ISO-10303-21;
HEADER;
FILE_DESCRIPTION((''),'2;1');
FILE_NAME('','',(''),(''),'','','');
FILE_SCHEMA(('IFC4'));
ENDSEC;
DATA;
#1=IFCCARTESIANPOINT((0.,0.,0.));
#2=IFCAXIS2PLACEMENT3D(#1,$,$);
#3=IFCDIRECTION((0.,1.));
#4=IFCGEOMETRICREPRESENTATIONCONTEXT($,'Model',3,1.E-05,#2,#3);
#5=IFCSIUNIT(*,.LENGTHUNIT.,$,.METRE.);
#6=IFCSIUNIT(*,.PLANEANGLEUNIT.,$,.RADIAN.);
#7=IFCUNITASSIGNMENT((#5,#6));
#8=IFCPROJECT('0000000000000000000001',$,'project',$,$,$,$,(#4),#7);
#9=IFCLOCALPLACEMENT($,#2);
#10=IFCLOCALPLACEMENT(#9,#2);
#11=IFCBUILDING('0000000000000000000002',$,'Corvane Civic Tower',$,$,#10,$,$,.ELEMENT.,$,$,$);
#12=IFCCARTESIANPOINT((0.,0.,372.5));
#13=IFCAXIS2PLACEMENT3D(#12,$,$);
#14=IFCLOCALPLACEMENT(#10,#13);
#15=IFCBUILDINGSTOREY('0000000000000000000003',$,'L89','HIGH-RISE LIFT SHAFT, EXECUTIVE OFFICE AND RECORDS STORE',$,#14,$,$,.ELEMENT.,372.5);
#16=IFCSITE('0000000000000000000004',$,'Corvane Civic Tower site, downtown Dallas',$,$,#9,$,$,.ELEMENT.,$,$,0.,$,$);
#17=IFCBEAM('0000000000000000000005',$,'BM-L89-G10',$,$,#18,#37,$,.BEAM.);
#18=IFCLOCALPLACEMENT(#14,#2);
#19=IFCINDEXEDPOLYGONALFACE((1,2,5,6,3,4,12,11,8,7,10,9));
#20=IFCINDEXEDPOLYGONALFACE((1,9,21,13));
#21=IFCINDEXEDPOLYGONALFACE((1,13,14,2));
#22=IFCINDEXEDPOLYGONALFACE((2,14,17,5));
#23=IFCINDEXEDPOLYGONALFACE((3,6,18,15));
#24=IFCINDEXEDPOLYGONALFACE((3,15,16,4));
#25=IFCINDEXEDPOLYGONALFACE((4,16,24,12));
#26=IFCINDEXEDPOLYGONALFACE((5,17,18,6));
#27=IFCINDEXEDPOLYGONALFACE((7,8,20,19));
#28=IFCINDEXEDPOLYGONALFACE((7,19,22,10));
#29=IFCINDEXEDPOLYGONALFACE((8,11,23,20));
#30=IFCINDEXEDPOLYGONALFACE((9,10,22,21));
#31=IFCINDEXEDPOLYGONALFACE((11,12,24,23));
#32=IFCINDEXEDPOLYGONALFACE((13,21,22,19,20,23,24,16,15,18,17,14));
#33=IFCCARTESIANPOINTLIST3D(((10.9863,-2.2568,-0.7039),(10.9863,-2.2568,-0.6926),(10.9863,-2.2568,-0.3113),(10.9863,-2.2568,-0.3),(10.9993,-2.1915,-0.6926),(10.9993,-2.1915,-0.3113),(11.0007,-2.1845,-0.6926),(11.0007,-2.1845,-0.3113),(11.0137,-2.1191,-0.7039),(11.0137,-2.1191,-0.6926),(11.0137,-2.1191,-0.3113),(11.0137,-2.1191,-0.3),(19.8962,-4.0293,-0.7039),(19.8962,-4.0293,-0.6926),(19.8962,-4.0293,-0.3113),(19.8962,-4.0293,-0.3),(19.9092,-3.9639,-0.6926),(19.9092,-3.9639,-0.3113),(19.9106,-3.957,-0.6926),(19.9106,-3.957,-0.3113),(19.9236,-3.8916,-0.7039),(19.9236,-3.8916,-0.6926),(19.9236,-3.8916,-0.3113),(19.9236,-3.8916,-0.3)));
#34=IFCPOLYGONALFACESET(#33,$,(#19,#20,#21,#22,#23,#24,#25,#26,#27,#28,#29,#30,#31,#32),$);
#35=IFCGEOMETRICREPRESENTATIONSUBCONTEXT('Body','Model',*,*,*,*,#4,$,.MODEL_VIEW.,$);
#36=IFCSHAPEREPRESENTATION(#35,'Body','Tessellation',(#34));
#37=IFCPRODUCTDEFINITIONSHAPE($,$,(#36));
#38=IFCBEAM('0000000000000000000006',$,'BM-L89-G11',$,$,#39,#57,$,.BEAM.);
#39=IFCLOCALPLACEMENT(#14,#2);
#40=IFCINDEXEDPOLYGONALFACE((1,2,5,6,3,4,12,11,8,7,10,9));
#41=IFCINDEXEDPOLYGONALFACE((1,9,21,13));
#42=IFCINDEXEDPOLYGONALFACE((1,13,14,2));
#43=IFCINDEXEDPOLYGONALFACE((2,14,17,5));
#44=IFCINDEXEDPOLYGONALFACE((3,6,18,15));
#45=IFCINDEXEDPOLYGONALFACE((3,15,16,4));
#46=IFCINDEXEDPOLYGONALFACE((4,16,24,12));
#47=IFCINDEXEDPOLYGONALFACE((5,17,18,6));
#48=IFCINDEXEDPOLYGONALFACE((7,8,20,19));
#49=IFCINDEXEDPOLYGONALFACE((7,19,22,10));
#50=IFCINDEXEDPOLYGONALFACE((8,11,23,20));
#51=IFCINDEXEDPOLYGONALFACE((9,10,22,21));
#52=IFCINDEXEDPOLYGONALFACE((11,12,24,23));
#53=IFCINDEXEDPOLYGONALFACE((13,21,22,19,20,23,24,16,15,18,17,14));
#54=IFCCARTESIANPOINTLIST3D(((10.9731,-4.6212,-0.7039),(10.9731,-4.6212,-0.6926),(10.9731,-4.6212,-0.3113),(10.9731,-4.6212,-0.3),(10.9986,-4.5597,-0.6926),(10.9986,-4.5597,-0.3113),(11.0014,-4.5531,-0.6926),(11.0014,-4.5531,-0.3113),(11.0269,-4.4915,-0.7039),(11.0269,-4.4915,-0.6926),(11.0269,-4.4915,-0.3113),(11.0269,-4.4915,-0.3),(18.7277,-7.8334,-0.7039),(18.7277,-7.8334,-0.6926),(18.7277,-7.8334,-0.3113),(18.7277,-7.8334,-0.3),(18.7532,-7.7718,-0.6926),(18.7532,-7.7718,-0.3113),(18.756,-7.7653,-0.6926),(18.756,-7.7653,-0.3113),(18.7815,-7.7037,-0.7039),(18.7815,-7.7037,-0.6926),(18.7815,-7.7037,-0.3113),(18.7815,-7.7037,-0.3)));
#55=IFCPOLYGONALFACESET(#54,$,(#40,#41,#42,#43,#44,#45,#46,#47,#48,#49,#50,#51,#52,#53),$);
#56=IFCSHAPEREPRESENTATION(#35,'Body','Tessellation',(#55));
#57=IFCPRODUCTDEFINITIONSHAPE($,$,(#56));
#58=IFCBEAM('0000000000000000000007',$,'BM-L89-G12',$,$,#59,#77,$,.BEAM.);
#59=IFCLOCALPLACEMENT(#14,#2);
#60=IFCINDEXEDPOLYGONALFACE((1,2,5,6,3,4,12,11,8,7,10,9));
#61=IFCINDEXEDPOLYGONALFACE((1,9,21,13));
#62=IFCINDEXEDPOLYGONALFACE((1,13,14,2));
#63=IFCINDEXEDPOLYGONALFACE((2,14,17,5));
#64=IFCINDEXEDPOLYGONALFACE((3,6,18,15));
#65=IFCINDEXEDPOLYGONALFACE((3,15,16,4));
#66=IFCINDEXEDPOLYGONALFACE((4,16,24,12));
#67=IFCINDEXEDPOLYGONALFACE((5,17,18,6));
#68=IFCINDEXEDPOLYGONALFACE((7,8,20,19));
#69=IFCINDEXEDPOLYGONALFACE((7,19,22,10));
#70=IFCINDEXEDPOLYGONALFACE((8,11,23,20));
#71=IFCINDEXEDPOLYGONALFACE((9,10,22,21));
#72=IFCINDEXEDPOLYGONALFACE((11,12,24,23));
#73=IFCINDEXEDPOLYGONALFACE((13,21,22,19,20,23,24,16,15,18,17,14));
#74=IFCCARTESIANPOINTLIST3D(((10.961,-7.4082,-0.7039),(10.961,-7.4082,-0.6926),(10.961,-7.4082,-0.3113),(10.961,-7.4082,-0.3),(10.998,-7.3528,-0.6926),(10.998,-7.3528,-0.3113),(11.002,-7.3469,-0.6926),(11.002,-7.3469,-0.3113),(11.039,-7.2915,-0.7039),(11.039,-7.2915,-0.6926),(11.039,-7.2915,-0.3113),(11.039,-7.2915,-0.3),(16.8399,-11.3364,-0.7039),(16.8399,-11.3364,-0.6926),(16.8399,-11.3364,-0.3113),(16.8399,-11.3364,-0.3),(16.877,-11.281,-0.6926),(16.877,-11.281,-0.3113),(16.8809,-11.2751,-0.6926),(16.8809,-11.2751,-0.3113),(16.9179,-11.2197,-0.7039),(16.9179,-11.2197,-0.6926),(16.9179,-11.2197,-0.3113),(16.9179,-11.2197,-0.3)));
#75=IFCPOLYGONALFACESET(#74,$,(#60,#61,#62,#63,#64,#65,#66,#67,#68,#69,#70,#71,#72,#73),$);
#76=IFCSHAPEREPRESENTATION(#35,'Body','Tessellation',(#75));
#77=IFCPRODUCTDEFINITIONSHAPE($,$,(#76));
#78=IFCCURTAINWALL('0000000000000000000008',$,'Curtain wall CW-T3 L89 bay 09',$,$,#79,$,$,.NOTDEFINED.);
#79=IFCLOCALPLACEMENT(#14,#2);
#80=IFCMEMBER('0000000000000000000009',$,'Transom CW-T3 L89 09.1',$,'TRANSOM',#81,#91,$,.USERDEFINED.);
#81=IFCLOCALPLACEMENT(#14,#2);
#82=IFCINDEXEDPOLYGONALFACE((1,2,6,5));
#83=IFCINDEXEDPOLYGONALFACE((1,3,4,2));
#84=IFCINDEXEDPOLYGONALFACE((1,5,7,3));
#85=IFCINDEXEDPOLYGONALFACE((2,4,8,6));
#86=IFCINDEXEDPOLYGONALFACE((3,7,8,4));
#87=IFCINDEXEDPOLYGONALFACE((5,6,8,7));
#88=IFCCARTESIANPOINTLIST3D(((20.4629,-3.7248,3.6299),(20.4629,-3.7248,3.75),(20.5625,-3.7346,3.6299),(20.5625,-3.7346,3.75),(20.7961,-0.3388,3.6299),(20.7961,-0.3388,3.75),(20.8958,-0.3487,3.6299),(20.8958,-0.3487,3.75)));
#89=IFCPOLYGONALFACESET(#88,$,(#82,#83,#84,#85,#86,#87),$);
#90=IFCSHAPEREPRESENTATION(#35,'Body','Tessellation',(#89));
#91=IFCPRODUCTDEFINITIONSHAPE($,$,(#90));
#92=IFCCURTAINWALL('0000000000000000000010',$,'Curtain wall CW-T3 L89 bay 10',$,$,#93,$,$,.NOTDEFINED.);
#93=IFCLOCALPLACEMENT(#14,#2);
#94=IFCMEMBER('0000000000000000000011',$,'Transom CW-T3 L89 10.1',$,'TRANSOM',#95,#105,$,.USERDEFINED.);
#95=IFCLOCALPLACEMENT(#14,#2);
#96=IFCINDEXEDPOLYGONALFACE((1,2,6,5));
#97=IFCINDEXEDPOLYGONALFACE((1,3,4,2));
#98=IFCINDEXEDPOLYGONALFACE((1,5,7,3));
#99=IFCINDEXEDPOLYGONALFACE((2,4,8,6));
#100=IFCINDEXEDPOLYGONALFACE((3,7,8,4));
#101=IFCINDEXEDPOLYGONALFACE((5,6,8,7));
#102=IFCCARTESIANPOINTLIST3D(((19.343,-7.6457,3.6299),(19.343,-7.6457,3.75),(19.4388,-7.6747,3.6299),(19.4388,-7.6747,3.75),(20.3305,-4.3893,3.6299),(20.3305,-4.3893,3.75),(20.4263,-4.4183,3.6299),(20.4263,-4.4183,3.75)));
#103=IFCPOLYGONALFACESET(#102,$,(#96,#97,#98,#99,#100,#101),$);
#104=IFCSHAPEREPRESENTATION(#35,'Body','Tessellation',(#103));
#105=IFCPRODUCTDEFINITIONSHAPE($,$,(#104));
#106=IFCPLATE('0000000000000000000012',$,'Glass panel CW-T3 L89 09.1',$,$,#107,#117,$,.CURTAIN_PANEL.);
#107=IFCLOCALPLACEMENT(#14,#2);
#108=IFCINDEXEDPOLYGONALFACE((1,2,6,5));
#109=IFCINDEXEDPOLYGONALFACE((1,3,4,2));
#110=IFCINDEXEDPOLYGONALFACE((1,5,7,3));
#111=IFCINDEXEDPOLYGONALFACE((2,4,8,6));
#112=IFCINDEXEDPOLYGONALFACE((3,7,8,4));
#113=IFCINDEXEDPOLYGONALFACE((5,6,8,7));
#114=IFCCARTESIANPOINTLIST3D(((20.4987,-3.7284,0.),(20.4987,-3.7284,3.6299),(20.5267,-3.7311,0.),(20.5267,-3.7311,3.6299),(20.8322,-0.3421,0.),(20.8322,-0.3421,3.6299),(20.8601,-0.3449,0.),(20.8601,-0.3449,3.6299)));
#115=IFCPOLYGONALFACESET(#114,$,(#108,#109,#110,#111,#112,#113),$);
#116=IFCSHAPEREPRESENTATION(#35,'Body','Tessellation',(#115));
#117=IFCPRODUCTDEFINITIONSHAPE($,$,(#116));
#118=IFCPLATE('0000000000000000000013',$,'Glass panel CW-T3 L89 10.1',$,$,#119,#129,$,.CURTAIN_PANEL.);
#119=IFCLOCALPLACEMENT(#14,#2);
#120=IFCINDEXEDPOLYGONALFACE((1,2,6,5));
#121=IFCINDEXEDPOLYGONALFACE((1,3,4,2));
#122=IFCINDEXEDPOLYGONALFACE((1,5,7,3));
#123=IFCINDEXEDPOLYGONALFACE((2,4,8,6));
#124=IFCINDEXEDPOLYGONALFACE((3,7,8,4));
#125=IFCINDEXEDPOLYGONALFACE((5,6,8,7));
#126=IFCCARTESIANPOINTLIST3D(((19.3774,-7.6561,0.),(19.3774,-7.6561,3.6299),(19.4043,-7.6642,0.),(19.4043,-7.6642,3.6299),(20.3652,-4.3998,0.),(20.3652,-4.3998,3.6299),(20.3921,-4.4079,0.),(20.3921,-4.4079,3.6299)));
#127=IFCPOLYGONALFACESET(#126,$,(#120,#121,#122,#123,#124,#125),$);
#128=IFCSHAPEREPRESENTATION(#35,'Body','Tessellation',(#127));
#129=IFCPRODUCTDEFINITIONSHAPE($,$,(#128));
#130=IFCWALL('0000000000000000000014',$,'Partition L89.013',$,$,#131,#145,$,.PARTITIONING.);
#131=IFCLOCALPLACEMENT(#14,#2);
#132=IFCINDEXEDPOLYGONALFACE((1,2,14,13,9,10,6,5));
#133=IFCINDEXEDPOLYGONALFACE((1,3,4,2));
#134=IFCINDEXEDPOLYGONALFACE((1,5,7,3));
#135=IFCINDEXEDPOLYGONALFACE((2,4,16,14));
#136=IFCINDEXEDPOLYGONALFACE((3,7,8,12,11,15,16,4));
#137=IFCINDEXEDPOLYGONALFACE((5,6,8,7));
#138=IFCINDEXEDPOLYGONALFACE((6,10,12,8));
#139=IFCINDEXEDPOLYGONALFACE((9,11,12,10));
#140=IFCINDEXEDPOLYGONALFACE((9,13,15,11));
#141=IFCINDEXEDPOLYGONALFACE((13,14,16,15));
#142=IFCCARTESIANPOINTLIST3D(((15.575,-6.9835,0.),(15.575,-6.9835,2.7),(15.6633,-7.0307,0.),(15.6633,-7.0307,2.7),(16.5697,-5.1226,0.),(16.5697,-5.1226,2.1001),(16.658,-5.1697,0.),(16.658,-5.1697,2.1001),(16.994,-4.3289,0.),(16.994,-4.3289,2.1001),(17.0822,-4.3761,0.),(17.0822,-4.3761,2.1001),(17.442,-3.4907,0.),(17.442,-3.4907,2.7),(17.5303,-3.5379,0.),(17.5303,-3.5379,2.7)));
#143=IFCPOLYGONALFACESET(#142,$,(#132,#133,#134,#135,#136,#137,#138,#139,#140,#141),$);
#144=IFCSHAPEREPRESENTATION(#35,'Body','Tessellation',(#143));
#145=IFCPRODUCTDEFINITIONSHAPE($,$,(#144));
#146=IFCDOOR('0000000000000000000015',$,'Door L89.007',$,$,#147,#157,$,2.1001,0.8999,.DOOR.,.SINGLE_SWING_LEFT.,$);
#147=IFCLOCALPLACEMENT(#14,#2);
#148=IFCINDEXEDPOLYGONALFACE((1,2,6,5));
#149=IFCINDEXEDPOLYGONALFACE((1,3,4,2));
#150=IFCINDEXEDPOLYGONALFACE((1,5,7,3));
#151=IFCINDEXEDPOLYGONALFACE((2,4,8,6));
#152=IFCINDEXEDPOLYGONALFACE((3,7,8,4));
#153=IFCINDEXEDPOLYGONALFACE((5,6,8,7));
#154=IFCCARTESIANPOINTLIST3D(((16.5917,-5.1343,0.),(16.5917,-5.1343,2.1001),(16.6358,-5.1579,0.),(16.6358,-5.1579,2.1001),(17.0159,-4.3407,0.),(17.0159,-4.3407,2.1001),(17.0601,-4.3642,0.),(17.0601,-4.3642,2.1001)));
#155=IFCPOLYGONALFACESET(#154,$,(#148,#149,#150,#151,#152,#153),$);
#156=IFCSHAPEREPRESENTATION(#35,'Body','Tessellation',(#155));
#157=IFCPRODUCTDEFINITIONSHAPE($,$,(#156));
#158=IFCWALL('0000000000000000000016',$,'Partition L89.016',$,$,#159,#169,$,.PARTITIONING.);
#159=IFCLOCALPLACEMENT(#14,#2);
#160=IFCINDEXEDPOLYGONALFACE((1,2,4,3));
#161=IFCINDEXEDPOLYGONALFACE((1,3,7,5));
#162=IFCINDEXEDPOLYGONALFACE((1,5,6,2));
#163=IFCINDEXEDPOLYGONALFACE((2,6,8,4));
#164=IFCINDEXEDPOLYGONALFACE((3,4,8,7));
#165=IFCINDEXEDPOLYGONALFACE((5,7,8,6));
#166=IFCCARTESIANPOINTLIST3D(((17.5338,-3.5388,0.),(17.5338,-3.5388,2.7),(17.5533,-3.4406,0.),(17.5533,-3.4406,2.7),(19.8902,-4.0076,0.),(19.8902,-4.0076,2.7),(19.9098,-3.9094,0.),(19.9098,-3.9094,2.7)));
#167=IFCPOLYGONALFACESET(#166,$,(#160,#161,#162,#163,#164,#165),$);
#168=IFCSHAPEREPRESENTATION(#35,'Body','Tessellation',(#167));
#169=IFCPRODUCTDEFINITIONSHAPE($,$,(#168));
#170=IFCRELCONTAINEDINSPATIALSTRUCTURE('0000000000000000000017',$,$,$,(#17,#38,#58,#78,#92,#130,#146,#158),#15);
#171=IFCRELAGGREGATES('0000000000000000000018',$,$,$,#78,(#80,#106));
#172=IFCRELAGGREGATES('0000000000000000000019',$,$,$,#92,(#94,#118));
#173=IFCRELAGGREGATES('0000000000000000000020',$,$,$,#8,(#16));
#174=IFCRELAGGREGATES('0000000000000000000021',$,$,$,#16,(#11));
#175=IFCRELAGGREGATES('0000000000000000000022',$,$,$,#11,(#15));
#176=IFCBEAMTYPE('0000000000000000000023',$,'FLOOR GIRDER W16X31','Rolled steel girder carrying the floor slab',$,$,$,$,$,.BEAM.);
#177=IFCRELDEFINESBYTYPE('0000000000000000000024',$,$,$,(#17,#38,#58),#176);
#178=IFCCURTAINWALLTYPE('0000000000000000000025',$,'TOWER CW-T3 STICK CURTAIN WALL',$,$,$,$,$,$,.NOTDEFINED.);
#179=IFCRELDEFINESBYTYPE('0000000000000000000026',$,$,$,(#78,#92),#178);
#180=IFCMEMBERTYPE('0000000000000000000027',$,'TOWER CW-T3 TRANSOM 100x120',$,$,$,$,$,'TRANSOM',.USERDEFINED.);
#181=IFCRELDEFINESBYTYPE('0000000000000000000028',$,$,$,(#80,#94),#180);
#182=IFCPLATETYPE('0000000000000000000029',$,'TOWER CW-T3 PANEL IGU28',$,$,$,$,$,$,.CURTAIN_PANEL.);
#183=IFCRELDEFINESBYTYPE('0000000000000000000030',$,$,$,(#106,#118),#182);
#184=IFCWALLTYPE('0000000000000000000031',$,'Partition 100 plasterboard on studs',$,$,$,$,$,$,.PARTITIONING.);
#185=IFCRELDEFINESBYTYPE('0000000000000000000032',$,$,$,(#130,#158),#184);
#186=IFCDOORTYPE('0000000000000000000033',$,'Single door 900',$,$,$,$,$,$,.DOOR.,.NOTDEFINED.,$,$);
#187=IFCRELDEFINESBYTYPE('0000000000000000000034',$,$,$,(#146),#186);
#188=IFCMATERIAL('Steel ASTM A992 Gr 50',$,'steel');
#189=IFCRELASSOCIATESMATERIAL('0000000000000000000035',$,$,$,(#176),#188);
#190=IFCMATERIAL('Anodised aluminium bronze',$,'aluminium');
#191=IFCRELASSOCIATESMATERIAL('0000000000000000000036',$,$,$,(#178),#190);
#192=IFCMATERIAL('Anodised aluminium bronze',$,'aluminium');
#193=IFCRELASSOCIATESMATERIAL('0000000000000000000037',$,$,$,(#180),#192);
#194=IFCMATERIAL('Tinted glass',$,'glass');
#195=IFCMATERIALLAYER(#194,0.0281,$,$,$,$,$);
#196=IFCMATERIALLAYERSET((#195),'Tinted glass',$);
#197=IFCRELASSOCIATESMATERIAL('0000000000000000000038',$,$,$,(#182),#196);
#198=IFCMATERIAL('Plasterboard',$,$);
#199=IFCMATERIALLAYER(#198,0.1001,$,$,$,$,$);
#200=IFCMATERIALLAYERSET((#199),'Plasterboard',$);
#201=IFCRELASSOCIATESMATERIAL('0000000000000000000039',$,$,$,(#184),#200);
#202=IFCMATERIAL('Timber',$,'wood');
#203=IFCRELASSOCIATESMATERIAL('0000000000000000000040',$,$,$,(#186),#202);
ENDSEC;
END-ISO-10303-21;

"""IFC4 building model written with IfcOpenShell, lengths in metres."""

from ifc_helpers import new_model, si_unit, direction, frame, frame_2d, origin, origin_2d, place, context, subcontext, project, spatial, rectangle, i_section, extrude, material, layer, layer_set, material_profile, profile_set, type_object, element, fill, aggregate, save


model = new_model("IFC4")

# Units and contexts
model_context = context("Model", 3, precision=1e-05, world=origin(), true_north=direction((0.0, 1.0)))
body_context = subcontext(model_context, "Body", "Model", "MODEL_VIEW")
ifc_project = project(units=[si_unit("LENGTHUNIT", "METRE"), si_unit("PLANEANGLEUNIT", "RADIAN")], contexts=[model_context])

# Site, building, storey
site_placement = place(None, origin())
site = spatial("IfcSite", under=ifc_project, at=site_placement, Name="Corvane Civic Tower site, downtown Dallas", CompositionType="ELEMENT", RefElevation=0.0)
building_placement = place(site_placement, origin())
building = spatial("IfcBuilding", under=site, at=building_placement, Name="Corvane Civic Tower", CompositionType="ELEMENT")
storey_placement = place(building_placement, frame((0.0, 0.0, 372.5)))
storey = spatial("IfcBuildingStorey", under=building, at=storey_placement, Name="L89", Description="HIGH-RISE LIFT SHAFT, EXECUTIVE OFFICE AND RECORDS STORE", CompositionType="ELEMENT", Elevation=372.5)

# Beams
ifc_material_1 = material(Name="Steel ASTM A992 Gr 50", Category="steel")
ifc_material_profile_1 = material_profile(ifc_material_1, i_section(OverallWidth=0.1404, OverallDepth=0.4038, WebThickness=0.0071, FlangeThickness=0.0112, at=origin_2d()), Name="W16X31")
ifc_profile_set_1 = profile_set([ifc_material_profile_1], Name="Steel ASTM A992 Gr 50")
beam_type_1 = type_object("IfcBeamType", Name="FLOOR GIRDER W16X31", Description="Rolled steel girder carrying the floor slab", PredefinedType="BEAM", material=ifc_profile_set_1)
beam_1_placement = place(storey_placement, frame((11.0, -2.188, -0.502), z_axis=(0.980782, -0.195108, 0.0), x_axis=(0.195108, 0.980782, 0.0)))
element("IfcBeam", 1, at=beam_1_placement, inside=storey, type_object=beam_type_1, Name="BM-L89-G10", PredefinedType="BEAM", context=body_context, shape_type="SweptSolid", body=[
    extrude(i_section(OverallWidth=0.1404, OverallDepth=0.4038, WebThickness=0.0071, FlangeThickness=0.0112, at=origin_2d()), origin(), (0.0, 0.0, 1.0), 9.0845),
])
beam_2_placement = place(storey_placement, frame((11.0, -4.5564, -0.502), z_axis=(0.923876, -0.382692, 0.0), x_axis=(0.382692, 0.923876, 0.0)))
element("IfcBeam", 2, at=beam_2_placement, inside=storey, type_object=beam_type_1, Name="BM-L89-G11", PredefinedType="BEAM", context=body_context, shape_type="SweptSolid", body=[
    extrude(i_section(OverallWidth=0.1404, OverallDepth=0.4038, WebThickness=0.0071, FlangeThickness=0.0112, at=origin_2d()), origin(), (0.0, 0.0, 1.0), 8.3936),
])
beam_3_placement = place(storey_placement, frame((11.0, -7.3499, -0.502), z_axis=(0.831465, -0.555576, 0.0), x_axis=(0.555576, 0.831465, 0.0)))
element("IfcBeam", 3, at=beam_3_placement, inside=storey, type_object=beam_type_1, Name="BM-L89-G12", PredefinedType="BEAM", context=body_context, shape_type="SweptSolid", body=[
    extrude(i_section(OverallWidth=0.1404, OverallDepth=0.4038, WebThickness=0.0071, FlangeThickness=0.0112, at=origin_2d()), origin(), (0.0, 0.0, 1.0), 7.0706),
])

# Curtain walls, members
ifc_material_2 = material(Name="Anodised aluminium bronze", Category="aluminium")
curtain_wall_type = type_object("IfcCurtainWallType", Name="TOWER CW-T3 STICK CURTAIN WALL", PredefinedType="NOTDEFINED", material=ifc_material_2)
curtain_wall_1_placement = place(storey_placement, origin())
curtain_wall_1 = element("IfcCurtainWall", 4, at=curtain_wall_1_placement, inside=storey, type_object=curtain_wall_type, Name="Curtain wall CW-T3 L89 bay 09", PredefinedType="NOTDEFINED")
ifc_material_3 = material(Name="Anodised aluminium bronze", Category="aluminium")
ifc_material_profile_2 = material_profile(ifc_material_3, rectangle(XDim=0.1001, YDim=0.1201, at=origin_2d()), Name="TOWER CW-T3 TRANSOM 100x120")
ifc_profile_set_2 = profile_set([ifc_material_profile_2], Name="Anodised aluminium bronze")
member_type = type_object("IfcMemberType", Name="TOWER CW-T3 TRANSOM 100x120", ElementType="TRANSOM", PredefinedType="USERDEFINED", material=ifc_profile_set_2)
member_1_placement = place(storey_placement, frame((20.8459, -0.3438, 3.6899), z_axis=(-0.097948, -0.995192, 0.0), x_axis=(0.995192, -0.097948, 0.0)))
member_1 = element("IfcMember", 5, at=member_1_placement, type_object=member_type, Name="Transom CW-T3 L89 09.1", ObjectType="TRANSOM", PredefinedType="USERDEFINED", context=body_context, shape_type="SweptSolid", body=[
    extrude(rectangle(XDim=0.1001, YDim=0.1201, at=origin_2d()), origin(), (0.0, 0.0, 1.0), 3.4023),
])
curtain_wall_2_placement = place(storey_placement, origin())
curtain_wall_2 = element("IfcCurtainWall", 6, at=curtain_wall_2_placement, inside=storey, type_object=curtain_wall_type, Name="Curtain wall CW-T3 L89 bay 10", PredefinedType="NOTDEFINED")
member_2_placement = place(storey_placement, frame((20.3784, -4.4038, 3.6899), z_axis=(-0.290216, -0.956961, 0.0), x_axis=(0.956961, -0.290216, 0.0)))
member_2 = element("IfcMember", 7, at=member_2_placement, type_object=member_type, Name="Transom CW-T3 L89 10.1", ObjectType="TRANSOM", PredefinedType="USERDEFINED", context=body_context, shape_type="SweptSolid", body=[
    extrude(rectangle(XDim=0.1001, YDim=0.1201, at=origin_2d()), origin(), (0.0, 0.0, 1.0), 3.4028),
])

# Plates
ifc_material_4 = material(Name="Tinted glass", Category="glass")
ifc_layer_1 = layer(ifc_material_4, 0.0281)
ifc_layer_set_1 = layer_set([ifc_layer_1], Name="Tinted glass")
plate_type = type_object("IfcPlateType", Name="TOWER CW-T3 PANEL IGU28", PredefinedType="CURTAIN_PANEL", material=ifc_layer_set_1)
plate_1_placement = place(storey_placement, frame((20.6794, -2.0366, 0.0), z_axis=(0.0, 0.0, 1.0), x_axis=(-0.097998, -0.995187, 0.0)))
plate_1 = element("IfcPlate", 8, at=plate_1_placement, type_object=plate_type, Name="Glass panel CW-T3 L89 09.1", PredefinedType="CURTAIN_PANEL", context=body_context, shape_type="SweptSolid", body=[
    extrude(rectangle(XDim=3.4026, YDim=0.0281, at=origin_2d()), origin(), (0.0, 0.0, 1.0), 3.6299),
])
aggregate(curtain_wall_1, [member_1, plate_1])
plate_2_placement = place(storey_placement, frame((19.8848, -6.032, 0.0), z_axis=(0.0, 0.0, 1.0), x_axis=(-0.29029, -0.956939, 0.0)))
plate_2 = element("IfcPlate", 9, at=plate_2_placement, type_object=plate_type, Name="Glass panel CW-T3 L89 10.1", PredefinedType="CURTAIN_PANEL", context=body_context, shape_type="SweptSolid", body=[
    extrude(rectangle(XDim=3.4028, YDim=0.0281, at=origin_2d()), origin(), (0.0, 0.0, 1.0), 3.6299),
])
aggregate(curtain_wall_2, [member_2, plate_2])

# Wall, opening, door
ifc_material_5 = material(Name="Plasterboard")
ifc_layer_2 = layer(ifc_material_5, 0.1001)
ifc_layer_set_2 = layer_set([ifc_layer_2], Name="Plasterboard")
wall_type = type_object("IfcWallType", Name="Partition 100 plasterboard on studs", PredefinedType="PARTITIONING", material=ifc_layer_set_2)
wall_1_placement = place(storey_placement, frame((15.6191, -7.0071, 0.0), z_axis=(0.0, 0.0, 1.0), x_axis=(0.47141, 0.881914, 0.0)))
wall_1 = element("IfcWall", 10, at=wall_1_placement, inside=storey, type_object=wall_type, Name="Partition L89.013", PredefinedType="PARTITIONING", context=body_context, shape_type="SweptSolid", body=[
    extrude(rectangle(XDim=3.9604, YDim=0.1001, at=frame_2d((1.9802, 0.0))), origin(), (0.0, 0.0, 1.0), 2.7),
])
opening_1_placement = place(wall_1_placement, frame((2.1101, 0.0, 0.0)))
opening_1 = element("IfcOpeningElement", 11, at=opening_1_placement, cuts=wall_1, PredefinedType="OPENING", context=body_context, shape_type="SweptSolid", body=[
    extrude(rectangle(XDim=0.8999, YDim=2.1001, at=frame_2d((0.45, 1.05))), frame((0.0, 0.0601, 0.0), z_axis=(0.0, -1.0, 0.0), x_axis=(1.0, 0.0, 0.0)), (0.0, 0.0, 1.0), 0.1201),
])
ifc_material_6 = material(Name="Timber", Category="wood")
door_type = type_object("IfcDoorType", Name="Single door 900", OperationType="NOTDEFINED", PredefinedType="DOOR", material=ifc_material_6)
door_1_placement = place(opening_1_placement, frame((0.8999, 0.0, 0.0), z_axis=(0.0, 0.0, 1.0), x_axis=(-1.0, 0.0, 0.0)))
door_1 = element("IfcDoor", 12, at=door_1_placement, inside=storey, type_object=door_type, Name="Door L89.007", OperationType="SINGLE_SWING_LEFT", OverallHeight=2.1001, OverallWidth=0.8999, PredefinedType="DOOR", context=body_context, shape_type="SweptSolid", body=[
    extrude(rectangle(XDim=0.8999, YDim=2.1001, at=frame_2d((0.45, 1.05))), frame((0.0, 0.0249, 0.0), z_axis=(0.0, -1.0, 0.0), x_axis=(1.0, 0.0, 0.0)), (0.0, 0.0, 1.0), 0.05),
])
fill(opening_1, door_1)

# Wall
wall_2_placement = place(storey_placement, frame((17.5437, -3.4897, 0.0), z_axis=(0.0, 0.0, 1.0), x_axis=(0.980783, -0.1951, 0.0)))
element("IfcWall", 13, at=wall_2_placement, inside=storey, type_object=wall_type, Name="Partition L89.016", PredefinedType="PARTITIONING", context=body_context, shape_type="SweptSolid", body=[
    extrude(rectangle(XDim=2.4026, YDim=0.1001, at=frame_2d((1.2012, 0.0))), origin(), (0.0, 0.0, 1.0), 2.7),
])

save(model, "model.ifc")
